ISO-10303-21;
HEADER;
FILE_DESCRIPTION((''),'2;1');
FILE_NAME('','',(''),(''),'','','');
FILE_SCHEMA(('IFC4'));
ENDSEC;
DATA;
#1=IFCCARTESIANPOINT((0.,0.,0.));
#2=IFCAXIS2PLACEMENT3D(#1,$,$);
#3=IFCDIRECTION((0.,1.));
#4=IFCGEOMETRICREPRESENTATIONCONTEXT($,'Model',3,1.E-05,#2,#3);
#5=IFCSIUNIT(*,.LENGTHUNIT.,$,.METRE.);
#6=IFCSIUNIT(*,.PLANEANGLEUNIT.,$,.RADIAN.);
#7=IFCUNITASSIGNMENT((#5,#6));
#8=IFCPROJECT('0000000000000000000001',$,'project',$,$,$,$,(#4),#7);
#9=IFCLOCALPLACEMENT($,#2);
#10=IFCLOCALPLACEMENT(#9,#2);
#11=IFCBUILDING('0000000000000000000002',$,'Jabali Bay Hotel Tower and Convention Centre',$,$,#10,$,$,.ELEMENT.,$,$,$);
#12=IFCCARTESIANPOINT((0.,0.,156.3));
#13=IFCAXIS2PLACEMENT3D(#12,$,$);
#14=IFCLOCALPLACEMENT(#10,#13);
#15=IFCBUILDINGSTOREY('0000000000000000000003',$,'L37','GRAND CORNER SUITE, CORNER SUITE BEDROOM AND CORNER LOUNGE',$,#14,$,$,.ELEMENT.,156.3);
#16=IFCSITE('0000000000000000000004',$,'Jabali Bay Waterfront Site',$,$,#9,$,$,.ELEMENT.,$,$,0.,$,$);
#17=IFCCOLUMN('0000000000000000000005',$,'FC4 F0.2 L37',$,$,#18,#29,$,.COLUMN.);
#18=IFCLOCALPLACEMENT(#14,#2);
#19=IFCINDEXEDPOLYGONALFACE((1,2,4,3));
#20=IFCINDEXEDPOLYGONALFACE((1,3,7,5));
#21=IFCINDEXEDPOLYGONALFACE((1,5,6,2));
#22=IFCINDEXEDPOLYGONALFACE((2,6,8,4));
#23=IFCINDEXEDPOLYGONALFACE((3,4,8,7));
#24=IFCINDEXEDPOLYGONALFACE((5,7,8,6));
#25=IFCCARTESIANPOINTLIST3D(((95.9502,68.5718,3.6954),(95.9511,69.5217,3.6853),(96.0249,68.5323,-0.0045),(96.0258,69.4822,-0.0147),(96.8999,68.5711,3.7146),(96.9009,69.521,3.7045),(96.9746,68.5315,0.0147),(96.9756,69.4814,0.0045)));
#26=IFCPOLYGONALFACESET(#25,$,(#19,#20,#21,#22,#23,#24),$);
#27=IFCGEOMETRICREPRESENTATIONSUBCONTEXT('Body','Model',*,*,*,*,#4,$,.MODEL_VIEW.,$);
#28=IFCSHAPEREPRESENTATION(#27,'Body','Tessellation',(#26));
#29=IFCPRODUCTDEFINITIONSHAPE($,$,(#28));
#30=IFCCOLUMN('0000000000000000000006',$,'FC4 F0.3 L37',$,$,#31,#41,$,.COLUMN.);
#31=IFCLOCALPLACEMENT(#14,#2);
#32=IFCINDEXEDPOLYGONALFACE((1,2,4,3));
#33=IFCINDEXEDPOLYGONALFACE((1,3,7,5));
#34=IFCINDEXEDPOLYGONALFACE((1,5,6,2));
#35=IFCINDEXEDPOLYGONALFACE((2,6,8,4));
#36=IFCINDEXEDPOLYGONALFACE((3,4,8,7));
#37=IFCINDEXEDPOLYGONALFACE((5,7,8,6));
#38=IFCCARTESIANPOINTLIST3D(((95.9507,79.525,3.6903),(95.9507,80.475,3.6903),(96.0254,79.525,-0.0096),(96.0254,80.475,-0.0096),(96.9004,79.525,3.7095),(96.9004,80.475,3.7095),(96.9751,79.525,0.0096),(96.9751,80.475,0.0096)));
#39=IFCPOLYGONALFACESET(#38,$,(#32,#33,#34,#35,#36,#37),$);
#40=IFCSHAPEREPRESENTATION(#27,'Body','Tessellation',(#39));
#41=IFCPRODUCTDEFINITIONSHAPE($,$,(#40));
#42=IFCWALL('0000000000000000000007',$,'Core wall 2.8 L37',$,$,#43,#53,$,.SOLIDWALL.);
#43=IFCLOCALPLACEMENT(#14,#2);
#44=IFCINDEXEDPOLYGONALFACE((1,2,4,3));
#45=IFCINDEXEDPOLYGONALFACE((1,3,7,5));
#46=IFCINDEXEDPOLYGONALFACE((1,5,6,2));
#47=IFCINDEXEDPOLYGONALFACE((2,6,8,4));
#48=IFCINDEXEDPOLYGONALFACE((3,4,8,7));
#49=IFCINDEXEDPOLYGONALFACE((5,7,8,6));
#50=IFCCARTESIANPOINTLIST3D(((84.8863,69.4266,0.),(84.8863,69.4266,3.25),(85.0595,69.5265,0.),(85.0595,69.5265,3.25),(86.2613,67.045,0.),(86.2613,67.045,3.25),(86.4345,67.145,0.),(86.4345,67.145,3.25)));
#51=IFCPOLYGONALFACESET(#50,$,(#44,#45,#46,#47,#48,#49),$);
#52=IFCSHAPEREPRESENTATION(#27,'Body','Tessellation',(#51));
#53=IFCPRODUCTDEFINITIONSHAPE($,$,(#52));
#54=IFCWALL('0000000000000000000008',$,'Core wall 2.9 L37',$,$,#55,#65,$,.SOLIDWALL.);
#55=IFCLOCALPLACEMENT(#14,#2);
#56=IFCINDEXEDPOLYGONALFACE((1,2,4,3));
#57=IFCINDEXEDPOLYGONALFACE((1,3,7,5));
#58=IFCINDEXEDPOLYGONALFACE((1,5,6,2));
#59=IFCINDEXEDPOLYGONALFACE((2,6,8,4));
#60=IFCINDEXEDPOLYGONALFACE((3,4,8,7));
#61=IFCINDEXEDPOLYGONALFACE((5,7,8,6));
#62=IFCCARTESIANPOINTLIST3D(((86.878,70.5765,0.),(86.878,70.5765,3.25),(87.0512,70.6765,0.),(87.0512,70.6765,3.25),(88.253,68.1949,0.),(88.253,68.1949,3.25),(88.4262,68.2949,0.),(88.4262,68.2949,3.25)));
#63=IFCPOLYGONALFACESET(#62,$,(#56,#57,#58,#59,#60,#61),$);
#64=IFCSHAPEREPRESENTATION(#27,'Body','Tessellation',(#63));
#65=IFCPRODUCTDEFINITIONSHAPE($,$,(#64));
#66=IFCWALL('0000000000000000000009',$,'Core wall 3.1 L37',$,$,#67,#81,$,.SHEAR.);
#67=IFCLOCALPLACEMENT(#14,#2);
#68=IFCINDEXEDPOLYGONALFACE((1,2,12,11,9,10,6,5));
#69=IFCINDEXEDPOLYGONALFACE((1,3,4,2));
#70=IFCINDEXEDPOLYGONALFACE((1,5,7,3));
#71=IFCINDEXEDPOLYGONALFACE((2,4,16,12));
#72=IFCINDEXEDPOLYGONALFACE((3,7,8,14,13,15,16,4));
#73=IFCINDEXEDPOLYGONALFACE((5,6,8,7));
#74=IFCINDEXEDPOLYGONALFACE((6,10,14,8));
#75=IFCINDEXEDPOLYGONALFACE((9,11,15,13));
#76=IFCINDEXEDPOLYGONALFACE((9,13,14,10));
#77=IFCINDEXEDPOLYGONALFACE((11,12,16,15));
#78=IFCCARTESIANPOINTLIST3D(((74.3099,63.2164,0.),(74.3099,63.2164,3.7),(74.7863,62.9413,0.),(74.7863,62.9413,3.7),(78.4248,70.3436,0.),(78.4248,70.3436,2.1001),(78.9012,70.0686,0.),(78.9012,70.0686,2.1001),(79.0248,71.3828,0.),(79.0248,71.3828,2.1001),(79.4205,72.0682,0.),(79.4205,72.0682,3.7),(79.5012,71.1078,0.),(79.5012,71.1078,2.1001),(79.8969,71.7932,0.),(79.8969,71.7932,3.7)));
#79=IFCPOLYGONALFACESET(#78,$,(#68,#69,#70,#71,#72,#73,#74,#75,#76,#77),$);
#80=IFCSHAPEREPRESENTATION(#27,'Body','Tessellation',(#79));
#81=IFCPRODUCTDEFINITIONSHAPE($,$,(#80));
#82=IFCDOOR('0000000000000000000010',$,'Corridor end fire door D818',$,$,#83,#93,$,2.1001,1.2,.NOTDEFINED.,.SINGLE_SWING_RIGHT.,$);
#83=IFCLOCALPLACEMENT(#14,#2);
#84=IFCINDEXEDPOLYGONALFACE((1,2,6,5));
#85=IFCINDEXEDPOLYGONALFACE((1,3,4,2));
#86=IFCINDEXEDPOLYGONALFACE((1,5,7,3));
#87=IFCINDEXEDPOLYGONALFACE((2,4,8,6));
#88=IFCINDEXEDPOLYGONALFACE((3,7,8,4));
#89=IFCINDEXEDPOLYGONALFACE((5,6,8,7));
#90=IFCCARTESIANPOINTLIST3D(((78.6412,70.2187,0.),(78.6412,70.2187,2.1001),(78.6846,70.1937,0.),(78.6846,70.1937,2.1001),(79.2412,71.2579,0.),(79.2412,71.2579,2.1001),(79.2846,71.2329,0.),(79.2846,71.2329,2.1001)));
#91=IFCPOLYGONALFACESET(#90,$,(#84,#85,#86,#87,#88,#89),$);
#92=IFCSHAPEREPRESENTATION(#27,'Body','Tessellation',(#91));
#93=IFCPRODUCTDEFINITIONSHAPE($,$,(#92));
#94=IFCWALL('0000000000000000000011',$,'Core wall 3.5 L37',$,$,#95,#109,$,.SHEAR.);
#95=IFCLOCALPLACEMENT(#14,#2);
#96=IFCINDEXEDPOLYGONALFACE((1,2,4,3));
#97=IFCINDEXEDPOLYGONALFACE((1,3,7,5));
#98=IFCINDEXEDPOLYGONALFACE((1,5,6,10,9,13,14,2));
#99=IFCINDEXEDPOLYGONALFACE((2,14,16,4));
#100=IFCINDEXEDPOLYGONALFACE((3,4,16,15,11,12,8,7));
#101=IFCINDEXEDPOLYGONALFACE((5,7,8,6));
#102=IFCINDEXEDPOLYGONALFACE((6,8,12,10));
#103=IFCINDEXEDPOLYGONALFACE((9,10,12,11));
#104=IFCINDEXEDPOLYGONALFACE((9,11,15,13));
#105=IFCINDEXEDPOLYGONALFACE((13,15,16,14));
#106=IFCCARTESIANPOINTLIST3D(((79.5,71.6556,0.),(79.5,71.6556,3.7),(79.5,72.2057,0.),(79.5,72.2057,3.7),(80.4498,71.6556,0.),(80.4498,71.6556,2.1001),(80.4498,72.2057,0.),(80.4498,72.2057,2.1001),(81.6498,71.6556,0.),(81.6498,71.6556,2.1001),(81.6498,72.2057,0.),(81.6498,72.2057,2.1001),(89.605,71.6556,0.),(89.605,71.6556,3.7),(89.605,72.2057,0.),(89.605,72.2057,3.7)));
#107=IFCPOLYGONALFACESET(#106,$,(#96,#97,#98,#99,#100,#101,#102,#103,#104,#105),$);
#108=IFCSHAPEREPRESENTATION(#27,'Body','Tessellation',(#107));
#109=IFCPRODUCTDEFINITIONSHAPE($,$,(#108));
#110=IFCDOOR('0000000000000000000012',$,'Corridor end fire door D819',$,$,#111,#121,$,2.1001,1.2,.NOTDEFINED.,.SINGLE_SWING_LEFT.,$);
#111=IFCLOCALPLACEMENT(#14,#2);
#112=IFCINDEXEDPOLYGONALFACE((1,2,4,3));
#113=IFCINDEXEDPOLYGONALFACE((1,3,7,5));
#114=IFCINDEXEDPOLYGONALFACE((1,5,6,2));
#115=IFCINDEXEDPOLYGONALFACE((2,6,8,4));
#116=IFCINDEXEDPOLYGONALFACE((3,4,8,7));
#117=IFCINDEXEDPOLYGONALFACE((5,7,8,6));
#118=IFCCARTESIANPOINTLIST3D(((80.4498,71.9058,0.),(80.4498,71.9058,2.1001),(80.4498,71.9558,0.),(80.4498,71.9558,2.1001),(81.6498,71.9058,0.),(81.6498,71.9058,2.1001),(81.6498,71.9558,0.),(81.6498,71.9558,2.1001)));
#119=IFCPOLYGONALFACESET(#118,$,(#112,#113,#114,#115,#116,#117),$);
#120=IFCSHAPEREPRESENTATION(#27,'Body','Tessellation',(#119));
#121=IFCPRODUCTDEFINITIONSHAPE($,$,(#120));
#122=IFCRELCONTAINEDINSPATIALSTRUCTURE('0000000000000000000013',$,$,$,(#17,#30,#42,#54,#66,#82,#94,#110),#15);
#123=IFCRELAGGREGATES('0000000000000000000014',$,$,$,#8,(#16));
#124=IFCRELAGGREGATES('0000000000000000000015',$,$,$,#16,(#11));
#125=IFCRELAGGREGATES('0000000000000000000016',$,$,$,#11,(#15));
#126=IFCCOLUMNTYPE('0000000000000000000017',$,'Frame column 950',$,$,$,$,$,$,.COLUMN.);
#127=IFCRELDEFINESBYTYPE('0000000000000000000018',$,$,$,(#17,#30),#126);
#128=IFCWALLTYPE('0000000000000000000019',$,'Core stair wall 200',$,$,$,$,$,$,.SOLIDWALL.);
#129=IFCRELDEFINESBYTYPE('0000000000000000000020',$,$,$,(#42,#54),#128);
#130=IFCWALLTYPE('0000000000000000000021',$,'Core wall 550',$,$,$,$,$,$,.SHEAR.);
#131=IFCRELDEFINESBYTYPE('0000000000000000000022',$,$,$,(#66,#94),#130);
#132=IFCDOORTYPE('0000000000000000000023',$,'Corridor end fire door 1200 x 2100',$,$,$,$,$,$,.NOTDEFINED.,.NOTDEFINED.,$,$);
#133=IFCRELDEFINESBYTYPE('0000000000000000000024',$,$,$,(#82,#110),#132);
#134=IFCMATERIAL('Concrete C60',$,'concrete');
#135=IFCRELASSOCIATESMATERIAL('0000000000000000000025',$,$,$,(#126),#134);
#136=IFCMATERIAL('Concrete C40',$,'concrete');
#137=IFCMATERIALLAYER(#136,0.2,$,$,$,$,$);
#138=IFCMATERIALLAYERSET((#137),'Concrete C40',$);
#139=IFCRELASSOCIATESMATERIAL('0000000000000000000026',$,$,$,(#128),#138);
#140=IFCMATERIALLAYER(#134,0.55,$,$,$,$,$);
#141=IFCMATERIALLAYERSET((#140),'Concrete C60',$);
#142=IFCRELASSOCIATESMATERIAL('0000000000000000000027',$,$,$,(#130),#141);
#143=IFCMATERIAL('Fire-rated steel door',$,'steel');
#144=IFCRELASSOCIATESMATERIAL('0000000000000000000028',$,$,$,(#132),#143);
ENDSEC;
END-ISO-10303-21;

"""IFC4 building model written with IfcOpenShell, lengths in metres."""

from ifc_helpers import new_model, si_unit, direction, frame, frame_2d, origin, origin_2d, place, context, subcontext, project, spatial, rectangle, extrude, material, layer, layer_set, material_profile, profile_set, type_object, element, fill, save


model = new_model("IFC4")

# Units and contexts
model_context = context("Model", 3, precision=1e-05, world=origin(), true_north=direction((0.0, 1.0)))
body_context = subcontext(model_context, "Body", "Model", "MODEL_VIEW")
ifc_project = project(units=[si_unit("LENGTHUNIT", "METRE"), si_unit("PLANEANGLEUNIT", "RADIAN")], contexts=[model_context])

# Site, building, storey
site_placement = place(None, origin())
site = spatial("IfcSite", under=ifc_project, at=site_placement, Name="Jabali Bay Waterfront Site", CompositionType="ELEMENT", RefElevation=0.0)
building_placement = place(site_placement, origin())
building = spatial("IfcBuilding", under=site, at=building_placement, Name="Jabali Bay Hotel Tower and Convention Centre", CompositionType="ELEMENT")
storey_placement = place(building_placement, frame((0.0, 0.0, 156.3)))
storey = spatial("IfcBuildingStorey", under=building, at=storey_placement, Name="L37", Description="GRAND CORNER SUITE, CORNER SUITE BEDROOM AND CORNER LOUNGE", CompositionType="ELEMENT", Elevation=156.3)

# Columns
ifc_material_1 = material(Name="Concrete C60", Category="concrete")
ifc_material_profile = material_profile(ifc_material_1, rectangle(XDim=0.95, YDim=0.95, at=origin_2d()), Name="Frame column 950")
ifc_profile_set = profile_set([ifc_material_profile], Name="Concrete C60")
column_type = type_object("IfcColumnType", Name="Frame column 950", PredefinedType="COLUMN", material=ifc_profile_set)
column_1_placement = place(storey_placement, frame((96.5002, 69.0068, 0.0), z_axis=(-0.020186, 0.010687, 0.999739), x_axis=(-0.001013, -0.999943, 0.010668)))
element("IfcColumn", 1, at=column_1_placement, inside=storey, type_object=column_type, Name="FC4 F0.2 L37", PredefinedType="COLUMN", context=body_context, shape_type="SweptSolid", body=[
    extrude(rectangle(XDim=0.95, YDim=0.95, at=origin_2d()), origin(), (0.0, 0.0, 1.0), 3.7009),
])
column_2_placement = place(storey_placement, frame((96.5002, 80.0, 0.0), z_axis=(-0.020187, 0.0, 0.999796), x_axis=(0.0, -1.0, 0.0)))
element("IfcColumn", 2, at=column_2_placement, inside=storey, type_object=column_type, Name="FC4 F0.3 L37", PredefinedType="COLUMN", context=body_context, shape_type="SweptSolid", body=[
    extrude(rectangle(XDim=0.95, YDim=0.95, at=origin_2d()), origin(), (0.0, 0.0, 1.0), 3.7007),
])

# Walls
ifc_material_2 = material(Name="Concrete C40", Category="concrete")
ifc_layer_1 = layer(ifc_material_2, 0.2)
ifc_layer_set_1 = layer_set([ifc_layer_1], Name="Concrete C40")
wall_type_1 = type_object("IfcWallType", Name="Core stair wall 200", PredefinedType="SOLIDWALL", material=ifc_layer_set_1)
for number, where, z_axis, x_axis, name in (
    (3, (84.9729, 69.4766, 0.0), (0.0, 0.0, 1.0), (0.499997, -0.866027, 0.0), "Core wall 2.8 L37"),
    (4, (86.9646, 70.6265, 0.0), (0.0, 0.0, 1.0), (0.499997, -0.866027, 0.0), "Core wall 2.9 L37"),
):
    element("IfcWall", number, at=place(storey_placement, frame(where, z_axis=z_axis, x_axis=x_axis)), inside=storey, type_object=wall_type_1, Name=name, PredefinedType="SOLIDWALL", context=body_context, shape_type="SweptSolid", body=[
        extrude(rectangle(XDim=2.75, YDim=0.2, at=frame_2d((1.375, 0.0))), origin(), (0.0, 0.0, 1.0), 3.25),
    ])

# Walls, openings, doors
ifc_layer_2 = layer(ifc_material_1, 0.55)
ifc_layer_set_2 = layer_set([ifc_layer_2], Name="Concrete C60")
wall_type_2 = type_object("IfcWallType", Name="Core wall 550", PredefinedType="SHEAR", material=ifc_layer_set_2)
wall_1_placement = place(storey_placement, frame((79.6587, 71.9307, 0.0), z_axis=(0.0, 0.0, 1.0), x_axis=(-0.5, -0.866025, 0.0)))
wall_1 = element("IfcWall", 5, at=wall_1_placement, inside=storey, type_object=wall_type_2, Name="Core wall 3.1 L37", PredefinedType="SHEAR", context=body_context, shape_type="SweptSolid", body=[
    extrude(rectangle(XDim=10.2212, YDim=0.55, at=frame_2d((5.1106, 0.0))), origin(), (0.0, 0.0, 1.0), 3.7),
])
opening_1_placement = place(wall_1_placement, frame((0.7913, 0.0, 0.0)))
opening_1 = element("IfcOpeningElement", 6, at=opening_1_placement, cuts=wall_1, PredefinedType="OPENING", context=body_context, shape_type="SweptSolid", body=[
    extrude(rectangle(XDim=1.2, YDim=2.1001, at=frame_2d((0.6001, 1.05))), frame((0.0, 0.2856, 0.0), z_axis=(0.0, -1.0, 0.0), x_axis=(1.0, 0.0, 0.0)), (0.0, 0.0, 1.0), 0.571),
])
ifc_material_3 = material(Name="Fire-rated steel door", Category="steel")
door_type_1 = type_object("IfcDoorType", Name="Corridor end fire door 1200 x 2100", OperationType="NOTDEFINED", PredefinedType="NOTDEFINED", material=ifc_material_3)
door_1_placement = place(opening_1_placement, origin())
door_1 = element("IfcDoor", 7, at=door_1_placement, inside=storey, type_object=door_type_1, Name="Corridor end fire door D818", OperationType="SINGLE_SWING_RIGHT", OverallHeight=2.1001, OverallWidth=1.2, PredefinedType="NOTDEFINED", context=body_context, shape_type="SweptSolid", body=[
    extrude(rectangle(XDim=1.2, YDim=2.1001, at=frame_2d((0.6001, 1.05))), frame((0.0, 0.0249, 0.0), z_axis=(0.0, -1.0, 0.0), x_axis=(1.0, 0.0, 0.0)), (0.0, 0.0, 1.0), 0.05),
])
fill(opening_1, door_1)
wall_2_placement = place(storey_placement, frame((89.605, 71.9307, 0.0), z_axis=(0.0, 0.0, 1.0), x_axis=(-1.0, 0.0, 0.0)))
wall_2 = element("IfcWall", 8, at=wall_2_placement, inside=storey, type_object=wall_type_2, Name="Core wall 3.5 L37", PredefinedType="SHEAR", context=body_context, shape_type="SweptSolid", body=[
    extrude(rectangle(XDim=10.105, YDim=0.55, at=frame_2d((5.0525, 0.0))), origin(), (0.0, 0.0, 1.0), 3.7),
])
opening_2_placement = place(wall_2_placement, frame((7.9551, 0.0, 0.0)))
opening_2 = element("IfcOpeningElement", 9, at=opening_2_placement, cuts=wall_2, PredefinedType="OPENING", context=body_context, shape_type="SweptSolid", body=[
    extrude(rectangle(XDim=1.2, YDim=2.1001, at=frame_2d((0.6001, 1.05))), frame((0.0, 0.2856, 0.0), z_axis=(0.0, -1.0, 0.0), x_axis=(1.0, 0.0, 0.0)), (0.0, 0.0, 1.0), 0.571),
])
door_2_placement = place(opening_2_placement, origin())
door_2 = element("IfcDoor", 10, at=door_2_placement, inside=storey, type_object=door_type_1, Name="Corridor end fire door D819", OperationType="SINGLE_SWING_LEFT", OverallHeight=2.1001, OverallWidth=1.2, PredefinedType="NOTDEFINED", context=body_context, shape_type="SweptSolid", body=[
    extrude(rectangle(XDim=1.2, YDim=2.1001, at=frame_2d((0.6001, 1.05))), frame((0.0, 0.0249, 0.0), z_axis=(0.0, -1.0, 0.0), x_axis=(1.0, 0.0, 0.0)), (0.0, 0.0, 1.0), 0.05),
])
fill(opening_2, door_2)

save(model, "model.ifc")
